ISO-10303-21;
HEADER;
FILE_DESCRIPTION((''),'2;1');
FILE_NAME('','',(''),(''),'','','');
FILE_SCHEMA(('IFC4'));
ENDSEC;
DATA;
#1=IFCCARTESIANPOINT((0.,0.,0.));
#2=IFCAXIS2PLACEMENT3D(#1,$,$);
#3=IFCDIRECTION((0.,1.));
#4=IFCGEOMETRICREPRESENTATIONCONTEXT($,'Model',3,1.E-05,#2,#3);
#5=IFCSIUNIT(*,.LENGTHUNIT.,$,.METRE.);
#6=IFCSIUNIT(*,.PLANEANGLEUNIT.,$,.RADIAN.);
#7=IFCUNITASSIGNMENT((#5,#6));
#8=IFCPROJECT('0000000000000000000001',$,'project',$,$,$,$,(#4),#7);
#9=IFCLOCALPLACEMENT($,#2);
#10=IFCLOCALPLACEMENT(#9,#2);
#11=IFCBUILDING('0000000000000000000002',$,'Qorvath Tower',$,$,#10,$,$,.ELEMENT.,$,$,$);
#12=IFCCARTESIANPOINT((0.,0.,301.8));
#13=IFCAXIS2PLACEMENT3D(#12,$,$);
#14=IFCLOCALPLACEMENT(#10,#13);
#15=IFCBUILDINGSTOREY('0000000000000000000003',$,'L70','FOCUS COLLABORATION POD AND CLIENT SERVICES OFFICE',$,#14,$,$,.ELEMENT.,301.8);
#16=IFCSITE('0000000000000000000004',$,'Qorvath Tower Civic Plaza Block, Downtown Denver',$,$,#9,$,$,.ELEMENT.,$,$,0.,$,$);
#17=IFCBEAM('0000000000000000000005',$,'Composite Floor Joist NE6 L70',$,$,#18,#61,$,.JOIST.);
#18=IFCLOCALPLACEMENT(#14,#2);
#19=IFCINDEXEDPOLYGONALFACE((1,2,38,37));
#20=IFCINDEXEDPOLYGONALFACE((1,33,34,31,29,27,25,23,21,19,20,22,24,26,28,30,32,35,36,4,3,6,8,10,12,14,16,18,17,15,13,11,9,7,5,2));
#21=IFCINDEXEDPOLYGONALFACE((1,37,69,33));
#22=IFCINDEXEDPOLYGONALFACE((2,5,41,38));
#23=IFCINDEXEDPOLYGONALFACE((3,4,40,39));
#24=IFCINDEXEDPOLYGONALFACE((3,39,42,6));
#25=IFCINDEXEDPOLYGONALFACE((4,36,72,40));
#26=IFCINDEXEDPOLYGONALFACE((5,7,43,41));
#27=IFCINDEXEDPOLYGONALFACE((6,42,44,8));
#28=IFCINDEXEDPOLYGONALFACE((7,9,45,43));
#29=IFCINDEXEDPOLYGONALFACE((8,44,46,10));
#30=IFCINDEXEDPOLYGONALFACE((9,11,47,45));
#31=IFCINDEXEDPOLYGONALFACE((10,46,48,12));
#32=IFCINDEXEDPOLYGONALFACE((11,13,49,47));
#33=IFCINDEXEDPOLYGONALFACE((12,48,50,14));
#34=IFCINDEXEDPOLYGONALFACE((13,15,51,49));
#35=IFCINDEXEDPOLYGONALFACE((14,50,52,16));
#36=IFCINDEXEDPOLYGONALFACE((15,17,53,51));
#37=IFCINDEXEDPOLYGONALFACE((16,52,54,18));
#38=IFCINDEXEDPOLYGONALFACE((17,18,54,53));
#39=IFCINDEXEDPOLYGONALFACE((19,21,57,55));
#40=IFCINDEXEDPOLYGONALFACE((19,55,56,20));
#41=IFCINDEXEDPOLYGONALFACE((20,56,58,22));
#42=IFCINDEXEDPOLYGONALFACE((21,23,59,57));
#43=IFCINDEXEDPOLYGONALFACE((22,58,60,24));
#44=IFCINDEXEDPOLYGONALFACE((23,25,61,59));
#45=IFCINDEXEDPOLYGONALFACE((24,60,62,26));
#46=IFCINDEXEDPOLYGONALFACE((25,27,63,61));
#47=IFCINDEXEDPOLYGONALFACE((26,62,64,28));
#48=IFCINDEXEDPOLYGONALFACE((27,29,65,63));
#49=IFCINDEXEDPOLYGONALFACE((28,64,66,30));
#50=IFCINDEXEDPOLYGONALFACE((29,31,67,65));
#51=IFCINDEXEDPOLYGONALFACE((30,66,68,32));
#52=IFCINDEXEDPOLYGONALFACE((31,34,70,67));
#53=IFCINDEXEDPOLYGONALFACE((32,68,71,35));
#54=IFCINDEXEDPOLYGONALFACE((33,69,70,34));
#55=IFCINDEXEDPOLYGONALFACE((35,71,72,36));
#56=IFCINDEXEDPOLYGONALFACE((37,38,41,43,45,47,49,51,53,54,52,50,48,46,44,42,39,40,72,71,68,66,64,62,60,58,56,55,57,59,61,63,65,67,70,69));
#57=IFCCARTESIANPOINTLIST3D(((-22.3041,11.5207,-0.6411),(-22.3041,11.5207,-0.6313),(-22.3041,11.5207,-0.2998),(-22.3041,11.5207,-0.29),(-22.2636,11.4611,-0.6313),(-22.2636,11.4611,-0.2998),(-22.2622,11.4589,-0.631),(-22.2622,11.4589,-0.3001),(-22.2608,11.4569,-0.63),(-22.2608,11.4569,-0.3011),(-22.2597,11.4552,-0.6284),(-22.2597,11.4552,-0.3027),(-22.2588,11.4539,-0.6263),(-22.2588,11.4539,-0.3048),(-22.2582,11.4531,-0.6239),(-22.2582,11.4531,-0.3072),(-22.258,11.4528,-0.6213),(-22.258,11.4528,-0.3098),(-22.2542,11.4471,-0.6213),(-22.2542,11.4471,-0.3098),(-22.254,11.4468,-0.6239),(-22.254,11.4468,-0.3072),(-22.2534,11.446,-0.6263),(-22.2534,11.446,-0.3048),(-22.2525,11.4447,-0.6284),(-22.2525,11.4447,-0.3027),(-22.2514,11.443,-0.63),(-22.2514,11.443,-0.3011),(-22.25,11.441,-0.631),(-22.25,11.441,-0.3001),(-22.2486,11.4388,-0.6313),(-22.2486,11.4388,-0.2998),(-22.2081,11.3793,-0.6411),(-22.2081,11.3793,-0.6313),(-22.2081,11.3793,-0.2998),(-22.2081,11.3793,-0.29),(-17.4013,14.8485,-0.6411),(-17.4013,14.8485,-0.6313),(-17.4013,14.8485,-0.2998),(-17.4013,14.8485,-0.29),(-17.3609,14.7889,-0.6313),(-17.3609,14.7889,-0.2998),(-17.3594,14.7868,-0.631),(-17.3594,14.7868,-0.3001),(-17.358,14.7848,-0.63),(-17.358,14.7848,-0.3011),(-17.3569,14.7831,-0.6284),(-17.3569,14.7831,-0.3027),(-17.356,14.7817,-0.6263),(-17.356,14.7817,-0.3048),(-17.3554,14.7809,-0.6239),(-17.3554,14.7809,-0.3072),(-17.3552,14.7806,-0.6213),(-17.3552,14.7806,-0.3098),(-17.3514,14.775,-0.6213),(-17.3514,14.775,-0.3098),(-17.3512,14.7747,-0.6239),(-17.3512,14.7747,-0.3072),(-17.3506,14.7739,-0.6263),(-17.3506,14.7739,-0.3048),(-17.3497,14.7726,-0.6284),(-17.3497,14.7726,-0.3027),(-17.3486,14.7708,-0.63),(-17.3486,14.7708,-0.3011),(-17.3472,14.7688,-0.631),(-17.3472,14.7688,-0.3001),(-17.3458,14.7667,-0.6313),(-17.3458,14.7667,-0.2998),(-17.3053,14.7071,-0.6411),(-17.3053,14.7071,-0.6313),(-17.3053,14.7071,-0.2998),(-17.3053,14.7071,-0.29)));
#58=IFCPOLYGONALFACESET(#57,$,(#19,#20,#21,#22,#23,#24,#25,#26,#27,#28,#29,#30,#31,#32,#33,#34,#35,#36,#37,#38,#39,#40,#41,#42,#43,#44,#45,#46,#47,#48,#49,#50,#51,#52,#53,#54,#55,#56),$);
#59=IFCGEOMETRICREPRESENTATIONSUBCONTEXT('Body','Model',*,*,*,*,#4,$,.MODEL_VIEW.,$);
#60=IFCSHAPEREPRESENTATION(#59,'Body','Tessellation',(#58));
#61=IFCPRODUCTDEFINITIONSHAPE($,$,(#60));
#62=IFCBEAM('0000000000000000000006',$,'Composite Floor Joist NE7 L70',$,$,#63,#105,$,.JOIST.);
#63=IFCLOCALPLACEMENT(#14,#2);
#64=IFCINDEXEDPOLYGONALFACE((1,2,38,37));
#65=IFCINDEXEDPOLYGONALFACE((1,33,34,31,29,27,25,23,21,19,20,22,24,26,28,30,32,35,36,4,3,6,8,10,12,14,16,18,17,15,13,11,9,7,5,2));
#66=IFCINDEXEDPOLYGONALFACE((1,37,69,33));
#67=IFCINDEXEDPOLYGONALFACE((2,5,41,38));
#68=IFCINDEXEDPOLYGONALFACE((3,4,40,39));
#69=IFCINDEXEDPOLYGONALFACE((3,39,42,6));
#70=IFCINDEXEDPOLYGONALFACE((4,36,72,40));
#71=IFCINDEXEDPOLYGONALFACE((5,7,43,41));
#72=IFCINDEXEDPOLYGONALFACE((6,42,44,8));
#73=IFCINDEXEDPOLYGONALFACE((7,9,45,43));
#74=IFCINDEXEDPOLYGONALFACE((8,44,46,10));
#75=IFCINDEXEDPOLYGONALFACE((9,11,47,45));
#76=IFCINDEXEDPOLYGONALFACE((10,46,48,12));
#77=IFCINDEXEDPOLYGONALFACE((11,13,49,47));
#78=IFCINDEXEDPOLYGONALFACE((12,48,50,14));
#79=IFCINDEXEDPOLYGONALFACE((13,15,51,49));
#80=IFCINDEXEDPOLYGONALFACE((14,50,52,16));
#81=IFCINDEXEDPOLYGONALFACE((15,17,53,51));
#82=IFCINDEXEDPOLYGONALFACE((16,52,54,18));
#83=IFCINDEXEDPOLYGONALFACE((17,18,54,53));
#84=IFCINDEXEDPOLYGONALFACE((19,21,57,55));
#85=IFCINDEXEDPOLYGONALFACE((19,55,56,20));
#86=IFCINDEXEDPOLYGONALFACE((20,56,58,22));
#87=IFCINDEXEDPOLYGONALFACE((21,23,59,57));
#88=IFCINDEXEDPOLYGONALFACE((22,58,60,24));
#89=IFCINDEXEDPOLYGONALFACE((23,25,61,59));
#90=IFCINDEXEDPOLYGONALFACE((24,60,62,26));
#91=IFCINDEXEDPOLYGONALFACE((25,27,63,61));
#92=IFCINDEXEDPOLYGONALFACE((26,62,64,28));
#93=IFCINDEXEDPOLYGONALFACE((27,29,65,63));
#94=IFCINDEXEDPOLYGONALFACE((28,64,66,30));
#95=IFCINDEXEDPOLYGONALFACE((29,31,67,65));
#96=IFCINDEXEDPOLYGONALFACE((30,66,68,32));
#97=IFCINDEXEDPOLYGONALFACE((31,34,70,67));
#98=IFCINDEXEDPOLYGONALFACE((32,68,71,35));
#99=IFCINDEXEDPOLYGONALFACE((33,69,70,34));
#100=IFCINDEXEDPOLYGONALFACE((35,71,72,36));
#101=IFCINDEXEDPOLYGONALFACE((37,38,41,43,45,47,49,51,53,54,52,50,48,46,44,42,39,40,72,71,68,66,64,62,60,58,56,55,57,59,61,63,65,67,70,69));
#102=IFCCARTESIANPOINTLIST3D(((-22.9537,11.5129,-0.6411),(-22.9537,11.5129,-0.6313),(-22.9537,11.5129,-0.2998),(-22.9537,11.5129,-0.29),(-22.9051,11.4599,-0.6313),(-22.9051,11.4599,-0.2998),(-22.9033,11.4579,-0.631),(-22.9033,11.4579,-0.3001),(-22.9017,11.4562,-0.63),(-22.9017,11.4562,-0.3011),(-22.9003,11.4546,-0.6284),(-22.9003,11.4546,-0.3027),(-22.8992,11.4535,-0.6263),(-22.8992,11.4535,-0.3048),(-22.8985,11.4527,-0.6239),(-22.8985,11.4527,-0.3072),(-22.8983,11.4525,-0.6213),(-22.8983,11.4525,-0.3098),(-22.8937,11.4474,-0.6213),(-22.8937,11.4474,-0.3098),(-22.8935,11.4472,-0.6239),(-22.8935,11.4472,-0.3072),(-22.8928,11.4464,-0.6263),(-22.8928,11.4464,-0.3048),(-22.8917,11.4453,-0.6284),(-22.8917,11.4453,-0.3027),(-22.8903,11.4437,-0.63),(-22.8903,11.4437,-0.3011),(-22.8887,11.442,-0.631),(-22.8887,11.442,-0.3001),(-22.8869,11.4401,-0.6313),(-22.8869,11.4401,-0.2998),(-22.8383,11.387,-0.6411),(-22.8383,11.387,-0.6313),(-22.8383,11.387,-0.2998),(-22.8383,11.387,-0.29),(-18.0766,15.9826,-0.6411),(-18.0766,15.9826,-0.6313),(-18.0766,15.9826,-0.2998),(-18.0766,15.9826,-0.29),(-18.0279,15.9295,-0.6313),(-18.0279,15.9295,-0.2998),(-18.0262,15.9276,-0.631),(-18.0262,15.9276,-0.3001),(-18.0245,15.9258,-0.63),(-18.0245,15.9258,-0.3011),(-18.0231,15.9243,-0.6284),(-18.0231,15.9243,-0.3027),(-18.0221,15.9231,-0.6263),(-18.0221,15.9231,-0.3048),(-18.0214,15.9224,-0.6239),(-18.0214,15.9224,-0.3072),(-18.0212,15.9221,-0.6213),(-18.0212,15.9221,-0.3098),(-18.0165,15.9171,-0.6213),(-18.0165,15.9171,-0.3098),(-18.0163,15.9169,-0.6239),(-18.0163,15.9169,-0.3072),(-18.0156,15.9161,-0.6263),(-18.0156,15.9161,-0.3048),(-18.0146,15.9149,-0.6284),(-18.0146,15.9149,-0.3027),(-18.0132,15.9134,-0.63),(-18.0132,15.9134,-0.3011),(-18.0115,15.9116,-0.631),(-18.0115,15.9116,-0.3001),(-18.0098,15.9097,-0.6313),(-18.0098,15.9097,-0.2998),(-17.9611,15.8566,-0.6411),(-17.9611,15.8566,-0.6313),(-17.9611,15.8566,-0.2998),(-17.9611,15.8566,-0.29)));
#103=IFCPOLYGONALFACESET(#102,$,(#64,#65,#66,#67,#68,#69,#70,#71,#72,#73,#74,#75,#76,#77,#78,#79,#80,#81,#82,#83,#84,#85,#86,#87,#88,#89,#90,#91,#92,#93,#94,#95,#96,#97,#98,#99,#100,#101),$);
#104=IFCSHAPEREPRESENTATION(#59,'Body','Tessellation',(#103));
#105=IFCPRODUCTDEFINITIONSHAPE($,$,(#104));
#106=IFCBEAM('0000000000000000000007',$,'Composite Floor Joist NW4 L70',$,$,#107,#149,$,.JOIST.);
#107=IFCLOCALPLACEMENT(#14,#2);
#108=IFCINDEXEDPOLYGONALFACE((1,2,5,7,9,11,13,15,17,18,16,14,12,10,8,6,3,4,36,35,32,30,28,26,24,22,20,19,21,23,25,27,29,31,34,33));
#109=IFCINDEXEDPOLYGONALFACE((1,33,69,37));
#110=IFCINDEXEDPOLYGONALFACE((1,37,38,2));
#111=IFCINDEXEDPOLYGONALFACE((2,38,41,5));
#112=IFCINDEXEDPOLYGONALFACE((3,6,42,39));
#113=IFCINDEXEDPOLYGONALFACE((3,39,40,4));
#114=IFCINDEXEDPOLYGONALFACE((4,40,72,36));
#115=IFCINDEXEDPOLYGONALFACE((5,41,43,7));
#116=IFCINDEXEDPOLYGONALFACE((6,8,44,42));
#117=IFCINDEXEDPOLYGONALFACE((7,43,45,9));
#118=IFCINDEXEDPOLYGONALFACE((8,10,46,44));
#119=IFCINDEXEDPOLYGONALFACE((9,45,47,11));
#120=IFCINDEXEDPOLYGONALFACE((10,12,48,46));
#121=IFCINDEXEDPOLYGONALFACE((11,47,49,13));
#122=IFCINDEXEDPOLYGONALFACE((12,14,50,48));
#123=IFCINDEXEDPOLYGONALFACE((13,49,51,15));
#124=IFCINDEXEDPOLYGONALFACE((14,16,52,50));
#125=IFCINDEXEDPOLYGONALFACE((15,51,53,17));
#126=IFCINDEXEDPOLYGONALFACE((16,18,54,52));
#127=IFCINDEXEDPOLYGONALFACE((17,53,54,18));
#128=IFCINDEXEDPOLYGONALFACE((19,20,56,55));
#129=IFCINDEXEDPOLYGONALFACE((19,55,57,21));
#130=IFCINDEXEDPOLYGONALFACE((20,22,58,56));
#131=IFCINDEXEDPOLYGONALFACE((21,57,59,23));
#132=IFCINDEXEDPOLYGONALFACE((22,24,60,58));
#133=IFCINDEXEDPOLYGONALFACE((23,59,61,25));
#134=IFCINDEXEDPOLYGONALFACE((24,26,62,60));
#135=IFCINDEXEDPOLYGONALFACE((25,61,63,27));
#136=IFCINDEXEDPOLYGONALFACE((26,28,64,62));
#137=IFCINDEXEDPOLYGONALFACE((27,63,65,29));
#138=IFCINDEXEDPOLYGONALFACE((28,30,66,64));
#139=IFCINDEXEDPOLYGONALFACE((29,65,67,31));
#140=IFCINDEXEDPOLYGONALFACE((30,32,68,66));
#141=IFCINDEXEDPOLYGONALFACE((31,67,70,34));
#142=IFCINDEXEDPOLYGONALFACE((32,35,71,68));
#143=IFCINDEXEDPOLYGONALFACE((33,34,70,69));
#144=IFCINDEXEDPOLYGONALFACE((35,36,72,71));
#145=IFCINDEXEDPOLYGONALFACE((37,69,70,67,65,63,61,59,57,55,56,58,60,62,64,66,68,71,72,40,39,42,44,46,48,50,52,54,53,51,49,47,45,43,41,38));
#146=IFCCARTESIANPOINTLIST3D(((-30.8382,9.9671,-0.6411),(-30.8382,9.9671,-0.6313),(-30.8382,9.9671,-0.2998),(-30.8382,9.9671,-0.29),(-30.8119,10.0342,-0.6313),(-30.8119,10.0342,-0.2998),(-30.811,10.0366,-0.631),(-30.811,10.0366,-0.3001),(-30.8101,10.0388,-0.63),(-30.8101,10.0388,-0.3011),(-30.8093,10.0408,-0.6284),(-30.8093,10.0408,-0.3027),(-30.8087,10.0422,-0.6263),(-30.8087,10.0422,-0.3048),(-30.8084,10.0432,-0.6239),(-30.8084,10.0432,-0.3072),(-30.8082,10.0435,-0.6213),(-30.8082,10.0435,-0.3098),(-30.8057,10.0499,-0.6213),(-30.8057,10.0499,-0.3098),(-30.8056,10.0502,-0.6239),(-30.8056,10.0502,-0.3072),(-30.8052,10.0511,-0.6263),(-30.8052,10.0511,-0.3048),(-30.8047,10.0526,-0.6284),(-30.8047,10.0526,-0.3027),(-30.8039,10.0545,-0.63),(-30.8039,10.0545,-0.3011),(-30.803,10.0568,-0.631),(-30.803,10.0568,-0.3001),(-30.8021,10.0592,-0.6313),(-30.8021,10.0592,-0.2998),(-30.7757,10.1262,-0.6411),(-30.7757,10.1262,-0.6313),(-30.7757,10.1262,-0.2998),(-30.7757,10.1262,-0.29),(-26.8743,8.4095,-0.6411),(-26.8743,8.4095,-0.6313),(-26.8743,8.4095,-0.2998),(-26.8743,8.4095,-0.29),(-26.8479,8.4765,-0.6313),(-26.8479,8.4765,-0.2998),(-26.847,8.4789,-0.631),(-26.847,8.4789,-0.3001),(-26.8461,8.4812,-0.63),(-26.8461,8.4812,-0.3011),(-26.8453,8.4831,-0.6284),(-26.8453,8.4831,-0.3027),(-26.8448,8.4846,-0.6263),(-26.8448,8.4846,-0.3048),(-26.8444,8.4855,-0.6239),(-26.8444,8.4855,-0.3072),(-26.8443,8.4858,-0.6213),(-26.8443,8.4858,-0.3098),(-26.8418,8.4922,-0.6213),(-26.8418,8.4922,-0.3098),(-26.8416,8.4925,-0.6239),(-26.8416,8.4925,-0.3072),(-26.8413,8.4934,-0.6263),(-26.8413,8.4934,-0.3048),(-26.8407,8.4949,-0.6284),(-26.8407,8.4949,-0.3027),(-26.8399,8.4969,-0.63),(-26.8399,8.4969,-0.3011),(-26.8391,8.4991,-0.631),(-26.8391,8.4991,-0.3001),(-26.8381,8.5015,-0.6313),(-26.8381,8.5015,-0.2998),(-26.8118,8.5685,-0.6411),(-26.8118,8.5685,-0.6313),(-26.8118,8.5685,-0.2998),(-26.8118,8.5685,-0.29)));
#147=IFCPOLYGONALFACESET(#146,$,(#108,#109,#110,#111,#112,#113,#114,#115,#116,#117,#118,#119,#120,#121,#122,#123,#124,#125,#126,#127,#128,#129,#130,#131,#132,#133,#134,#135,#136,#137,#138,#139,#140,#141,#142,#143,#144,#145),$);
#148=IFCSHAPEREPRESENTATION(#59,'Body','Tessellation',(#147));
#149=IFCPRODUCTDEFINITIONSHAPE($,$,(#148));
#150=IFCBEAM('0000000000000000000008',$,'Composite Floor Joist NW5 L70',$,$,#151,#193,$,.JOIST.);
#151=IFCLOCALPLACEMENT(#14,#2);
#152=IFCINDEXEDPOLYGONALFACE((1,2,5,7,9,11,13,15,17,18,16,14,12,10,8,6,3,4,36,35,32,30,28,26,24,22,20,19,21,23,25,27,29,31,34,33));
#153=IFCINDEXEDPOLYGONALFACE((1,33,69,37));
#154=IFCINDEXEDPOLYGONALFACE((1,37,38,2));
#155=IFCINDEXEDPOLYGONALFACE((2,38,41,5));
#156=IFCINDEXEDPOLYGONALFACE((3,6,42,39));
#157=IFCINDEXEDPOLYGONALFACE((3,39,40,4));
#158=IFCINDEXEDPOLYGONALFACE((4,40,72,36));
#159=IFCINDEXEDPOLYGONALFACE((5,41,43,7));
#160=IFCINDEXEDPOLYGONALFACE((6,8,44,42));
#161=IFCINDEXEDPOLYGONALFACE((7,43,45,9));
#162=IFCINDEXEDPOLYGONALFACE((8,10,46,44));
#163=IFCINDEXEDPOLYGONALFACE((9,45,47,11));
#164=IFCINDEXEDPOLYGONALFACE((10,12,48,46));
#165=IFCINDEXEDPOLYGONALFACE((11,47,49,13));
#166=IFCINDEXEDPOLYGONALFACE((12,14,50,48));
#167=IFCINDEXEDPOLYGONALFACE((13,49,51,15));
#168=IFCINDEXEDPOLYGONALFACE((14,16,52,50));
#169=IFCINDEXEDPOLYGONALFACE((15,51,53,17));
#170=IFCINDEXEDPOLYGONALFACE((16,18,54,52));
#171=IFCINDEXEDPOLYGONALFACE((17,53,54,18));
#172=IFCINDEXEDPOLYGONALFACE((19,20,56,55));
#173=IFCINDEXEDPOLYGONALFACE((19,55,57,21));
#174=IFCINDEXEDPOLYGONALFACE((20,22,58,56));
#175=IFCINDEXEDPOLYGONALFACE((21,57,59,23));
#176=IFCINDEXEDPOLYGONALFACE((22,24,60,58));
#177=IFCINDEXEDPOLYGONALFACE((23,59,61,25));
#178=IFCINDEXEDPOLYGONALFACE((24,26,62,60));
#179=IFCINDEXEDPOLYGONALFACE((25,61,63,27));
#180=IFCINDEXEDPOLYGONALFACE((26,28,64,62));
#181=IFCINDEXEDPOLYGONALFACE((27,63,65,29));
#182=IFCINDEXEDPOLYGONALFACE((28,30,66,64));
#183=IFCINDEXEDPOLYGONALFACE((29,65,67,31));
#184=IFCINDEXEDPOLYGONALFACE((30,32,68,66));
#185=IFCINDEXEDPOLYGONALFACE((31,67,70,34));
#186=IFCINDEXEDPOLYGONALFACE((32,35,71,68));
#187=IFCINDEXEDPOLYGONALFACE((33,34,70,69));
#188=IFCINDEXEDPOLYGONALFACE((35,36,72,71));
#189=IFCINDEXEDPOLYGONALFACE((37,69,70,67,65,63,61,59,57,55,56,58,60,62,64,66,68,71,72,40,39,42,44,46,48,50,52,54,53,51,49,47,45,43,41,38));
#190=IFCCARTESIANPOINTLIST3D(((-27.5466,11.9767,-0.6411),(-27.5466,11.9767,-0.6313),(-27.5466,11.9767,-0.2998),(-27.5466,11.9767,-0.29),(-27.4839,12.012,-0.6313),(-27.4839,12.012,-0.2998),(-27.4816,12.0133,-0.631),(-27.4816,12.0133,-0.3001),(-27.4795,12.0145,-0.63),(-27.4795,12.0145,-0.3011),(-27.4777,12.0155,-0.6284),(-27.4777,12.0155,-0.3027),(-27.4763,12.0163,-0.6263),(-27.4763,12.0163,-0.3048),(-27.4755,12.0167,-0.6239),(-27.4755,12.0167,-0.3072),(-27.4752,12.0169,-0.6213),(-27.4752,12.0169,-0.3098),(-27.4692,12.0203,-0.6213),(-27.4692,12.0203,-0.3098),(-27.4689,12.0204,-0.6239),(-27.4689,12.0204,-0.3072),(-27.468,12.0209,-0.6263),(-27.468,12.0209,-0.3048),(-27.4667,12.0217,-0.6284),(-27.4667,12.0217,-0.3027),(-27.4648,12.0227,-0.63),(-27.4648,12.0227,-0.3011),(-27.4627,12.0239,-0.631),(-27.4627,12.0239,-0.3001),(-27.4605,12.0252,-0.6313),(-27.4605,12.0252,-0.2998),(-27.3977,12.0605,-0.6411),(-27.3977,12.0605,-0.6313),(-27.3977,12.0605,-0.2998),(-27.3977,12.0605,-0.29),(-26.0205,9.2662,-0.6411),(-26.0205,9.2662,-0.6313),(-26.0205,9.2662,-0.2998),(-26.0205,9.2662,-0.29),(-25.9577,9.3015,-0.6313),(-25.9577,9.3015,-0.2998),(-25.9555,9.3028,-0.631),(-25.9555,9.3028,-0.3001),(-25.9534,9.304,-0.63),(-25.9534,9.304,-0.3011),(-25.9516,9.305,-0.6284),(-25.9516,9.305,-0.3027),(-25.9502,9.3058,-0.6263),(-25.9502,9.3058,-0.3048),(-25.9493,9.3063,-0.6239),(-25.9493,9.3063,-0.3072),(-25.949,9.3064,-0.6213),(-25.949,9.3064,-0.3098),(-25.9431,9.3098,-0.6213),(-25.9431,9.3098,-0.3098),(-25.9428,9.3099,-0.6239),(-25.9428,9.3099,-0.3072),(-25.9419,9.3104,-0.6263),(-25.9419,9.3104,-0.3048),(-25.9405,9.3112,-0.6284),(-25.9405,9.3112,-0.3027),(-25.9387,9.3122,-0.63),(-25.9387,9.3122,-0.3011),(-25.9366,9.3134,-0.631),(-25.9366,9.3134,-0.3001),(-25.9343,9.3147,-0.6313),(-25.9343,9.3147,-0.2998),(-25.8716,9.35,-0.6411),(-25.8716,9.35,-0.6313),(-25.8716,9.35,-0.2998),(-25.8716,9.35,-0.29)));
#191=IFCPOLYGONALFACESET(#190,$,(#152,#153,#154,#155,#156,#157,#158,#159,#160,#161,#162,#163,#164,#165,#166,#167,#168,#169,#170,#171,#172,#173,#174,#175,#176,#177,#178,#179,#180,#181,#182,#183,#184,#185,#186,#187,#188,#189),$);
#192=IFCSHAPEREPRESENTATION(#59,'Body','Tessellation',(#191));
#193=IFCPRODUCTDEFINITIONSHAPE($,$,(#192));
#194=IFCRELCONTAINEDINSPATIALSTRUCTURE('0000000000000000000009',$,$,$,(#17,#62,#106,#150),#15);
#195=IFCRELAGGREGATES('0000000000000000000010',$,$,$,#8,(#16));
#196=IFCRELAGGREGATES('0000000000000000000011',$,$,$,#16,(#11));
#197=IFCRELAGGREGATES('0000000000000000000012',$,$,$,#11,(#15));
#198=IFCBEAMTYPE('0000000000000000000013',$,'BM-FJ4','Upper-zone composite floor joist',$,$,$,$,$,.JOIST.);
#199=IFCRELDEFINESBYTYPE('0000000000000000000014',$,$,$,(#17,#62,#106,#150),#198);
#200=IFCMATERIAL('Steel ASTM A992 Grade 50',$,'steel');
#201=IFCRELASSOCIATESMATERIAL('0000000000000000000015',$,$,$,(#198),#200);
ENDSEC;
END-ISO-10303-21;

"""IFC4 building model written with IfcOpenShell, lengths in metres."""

from ifc_helpers import new_model, si_unit, direction, frame, origin, origin_2d, place, context, subcontext, project, spatial, i_section, extrude, material, material_profile, profile_set, type_object, element, save


model = new_model("IFC4")

# Units and contexts
model_context = context("Model", 3, precision=1e-05, world=origin(), true_north=direction((0.0, 1.0)))
body_context = subcontext(model_context, "Body", "Model", "MODEL_VIEW")
ifc_project = project(units=[si_unit("LENGTHUNIT", "METRE"), si_unit("PLANEANGLEUNIT", "RADIAN")], contexts=[model_context])

# Site, building, storey
site_placement = place(None, origin())
site = spatial("IfcSite", under=ifc_project, at=site_placement, Name="Qorvath Tower Civic Plaza Block, Downtown Denver", CompositionType="ELEMENT", RefElevation=0.0)
building_placement = place(site_placement, origin())
building = spatial("IfcBuilding", under=site, at=building_placement, Name="Qorvath Tower", CompositionType="ELEMENT")
storey_placement = place(building_placement, frame((0.0, 0.0, 301.8)))
storey = spatial("IfcBuildingStorey", under=building, at=storey_placement, Name="L70", Description="FOCUS COLLABORATION POD AND CLIENT SERVICES OFFICE", CompositionType="ELEMENT", Elevation=301.8)

# Beams
ifc_material_1 = material(Name="Steel ASTM A992 Grade 50", Category="steel")
ifc_material_profile_1 = material_profile(ifc_material_1, i_section(OverallWidth=0.1709, OverallDepth=0.3511, WebThickness=0.0068, FlangeThickness=0.0098, FilletRadius=0.01, at=origin_2d()), Name="W14x30")
ifc_profile_set_1 = profile_set([ifc_material_profile_1], Name="Steel ASTM A992 Grade 50")
beam_type_1 = type_object("IfcBeamType", Name="BM-FJ4", Description="Upper-zone composite floor joist", PredefinedType="JOIST", material=ifc_profile_set_1)
beam_1_placement = place(storey_placement, frame((-22.2561, 11.45, -0.4656), z_axis=(0.827401, 0.561612, 0.0), x_axis=(-0.561612, 0.827401, 0.0)))
element("IfcBeam", 1, at=beam_1_placement, inside=storey, type_object=beam_type_1, Name="Composite Floor Joist NE6 L70", PredefinedType="JOIST", context=body_context, shape_type="SweptSolid", body=[
    extrude(i_section(OverallWidth=0.1709, OverallDepth=0.3511, WebThickness=0.0068, FlangeThickness=0.0098, FilletRadius=0.01, at=origin_2d()), origin(), (0.0, 0.0, 1.0), 5.9255),
])
beam_2_placement = place(storey_placement, frame((-22.896, 11.45, -0.4656), z_axis=(0.737232, 0.675639, 0.0), x_axis=(-0.675639, 0.737232, 0.0)))
element("IfcBeam", 2, at=beam_2_placement, inside=storey, type_object=beam_type_1, Name="Composite Floor Joist NE7 L70", PredefinedType="JOIST", context=body_context, shape_type="SweptSolid", body=[
    extrude(i_section(OverallWidth=0.1709, OverallDepth=0.3511, WebThickness=0.0068, FlangeThickness=0.0098, FilletRadius=0.01, at=origin_2d()), origin(), (0.0, 0.0, 1.0), 6.6155),
])
beam_3_placement = place(storey_placement, frame((-26.843, 8.489, -0.4656), z_axis=(-0.930721, 0.36573, 0.0), x_axis=(-0.36573, -0.930721, 0.0)))
element("IfcBeam", 3, at=beam_3_placement, inside=storey, type_object=beam_type_1, Name="Composite Floor Joist NW4 L70", PredefinedType="JOIST", context=body_context, shape_type="SweptSolid", body=[
    extrude(i_section(OverallWidth=0.1709, OverallDepth=0.3511, WebThickness=0.0068, FlangeThickness=0.0098, FilletRadius=0.01, at=origin_2d()), origin(), (0.0, 0.0, 1.0), 4.259),
])
beam_4_placement = place(storey_placement, frame((-25.946, 9.3081, -0.4656), z_axis=(-0.490626, 0.87137, 0.0), x_axis=(-0.87137, -0.490626, 0.0)))
element("IfcBeam", 4, at=beam_4_placement, inside=storey, type_object=beam_type_1, Name="Composite Floor Joist NW5 L70", PredefinedType="JOIST", context=body_context, shape_type="SweptSolid", body=[
    extrude(i_section(OverallWidth=0.1709, OverallDepth=0.3511, WebThickness=0.0068, FlangeThickness=0.0098, FilletRadius=0.01, at=origin_2d()), origin(), (0.0, 0.0, 1.0), 3.1106),
])

save(model, "model.ifc")
